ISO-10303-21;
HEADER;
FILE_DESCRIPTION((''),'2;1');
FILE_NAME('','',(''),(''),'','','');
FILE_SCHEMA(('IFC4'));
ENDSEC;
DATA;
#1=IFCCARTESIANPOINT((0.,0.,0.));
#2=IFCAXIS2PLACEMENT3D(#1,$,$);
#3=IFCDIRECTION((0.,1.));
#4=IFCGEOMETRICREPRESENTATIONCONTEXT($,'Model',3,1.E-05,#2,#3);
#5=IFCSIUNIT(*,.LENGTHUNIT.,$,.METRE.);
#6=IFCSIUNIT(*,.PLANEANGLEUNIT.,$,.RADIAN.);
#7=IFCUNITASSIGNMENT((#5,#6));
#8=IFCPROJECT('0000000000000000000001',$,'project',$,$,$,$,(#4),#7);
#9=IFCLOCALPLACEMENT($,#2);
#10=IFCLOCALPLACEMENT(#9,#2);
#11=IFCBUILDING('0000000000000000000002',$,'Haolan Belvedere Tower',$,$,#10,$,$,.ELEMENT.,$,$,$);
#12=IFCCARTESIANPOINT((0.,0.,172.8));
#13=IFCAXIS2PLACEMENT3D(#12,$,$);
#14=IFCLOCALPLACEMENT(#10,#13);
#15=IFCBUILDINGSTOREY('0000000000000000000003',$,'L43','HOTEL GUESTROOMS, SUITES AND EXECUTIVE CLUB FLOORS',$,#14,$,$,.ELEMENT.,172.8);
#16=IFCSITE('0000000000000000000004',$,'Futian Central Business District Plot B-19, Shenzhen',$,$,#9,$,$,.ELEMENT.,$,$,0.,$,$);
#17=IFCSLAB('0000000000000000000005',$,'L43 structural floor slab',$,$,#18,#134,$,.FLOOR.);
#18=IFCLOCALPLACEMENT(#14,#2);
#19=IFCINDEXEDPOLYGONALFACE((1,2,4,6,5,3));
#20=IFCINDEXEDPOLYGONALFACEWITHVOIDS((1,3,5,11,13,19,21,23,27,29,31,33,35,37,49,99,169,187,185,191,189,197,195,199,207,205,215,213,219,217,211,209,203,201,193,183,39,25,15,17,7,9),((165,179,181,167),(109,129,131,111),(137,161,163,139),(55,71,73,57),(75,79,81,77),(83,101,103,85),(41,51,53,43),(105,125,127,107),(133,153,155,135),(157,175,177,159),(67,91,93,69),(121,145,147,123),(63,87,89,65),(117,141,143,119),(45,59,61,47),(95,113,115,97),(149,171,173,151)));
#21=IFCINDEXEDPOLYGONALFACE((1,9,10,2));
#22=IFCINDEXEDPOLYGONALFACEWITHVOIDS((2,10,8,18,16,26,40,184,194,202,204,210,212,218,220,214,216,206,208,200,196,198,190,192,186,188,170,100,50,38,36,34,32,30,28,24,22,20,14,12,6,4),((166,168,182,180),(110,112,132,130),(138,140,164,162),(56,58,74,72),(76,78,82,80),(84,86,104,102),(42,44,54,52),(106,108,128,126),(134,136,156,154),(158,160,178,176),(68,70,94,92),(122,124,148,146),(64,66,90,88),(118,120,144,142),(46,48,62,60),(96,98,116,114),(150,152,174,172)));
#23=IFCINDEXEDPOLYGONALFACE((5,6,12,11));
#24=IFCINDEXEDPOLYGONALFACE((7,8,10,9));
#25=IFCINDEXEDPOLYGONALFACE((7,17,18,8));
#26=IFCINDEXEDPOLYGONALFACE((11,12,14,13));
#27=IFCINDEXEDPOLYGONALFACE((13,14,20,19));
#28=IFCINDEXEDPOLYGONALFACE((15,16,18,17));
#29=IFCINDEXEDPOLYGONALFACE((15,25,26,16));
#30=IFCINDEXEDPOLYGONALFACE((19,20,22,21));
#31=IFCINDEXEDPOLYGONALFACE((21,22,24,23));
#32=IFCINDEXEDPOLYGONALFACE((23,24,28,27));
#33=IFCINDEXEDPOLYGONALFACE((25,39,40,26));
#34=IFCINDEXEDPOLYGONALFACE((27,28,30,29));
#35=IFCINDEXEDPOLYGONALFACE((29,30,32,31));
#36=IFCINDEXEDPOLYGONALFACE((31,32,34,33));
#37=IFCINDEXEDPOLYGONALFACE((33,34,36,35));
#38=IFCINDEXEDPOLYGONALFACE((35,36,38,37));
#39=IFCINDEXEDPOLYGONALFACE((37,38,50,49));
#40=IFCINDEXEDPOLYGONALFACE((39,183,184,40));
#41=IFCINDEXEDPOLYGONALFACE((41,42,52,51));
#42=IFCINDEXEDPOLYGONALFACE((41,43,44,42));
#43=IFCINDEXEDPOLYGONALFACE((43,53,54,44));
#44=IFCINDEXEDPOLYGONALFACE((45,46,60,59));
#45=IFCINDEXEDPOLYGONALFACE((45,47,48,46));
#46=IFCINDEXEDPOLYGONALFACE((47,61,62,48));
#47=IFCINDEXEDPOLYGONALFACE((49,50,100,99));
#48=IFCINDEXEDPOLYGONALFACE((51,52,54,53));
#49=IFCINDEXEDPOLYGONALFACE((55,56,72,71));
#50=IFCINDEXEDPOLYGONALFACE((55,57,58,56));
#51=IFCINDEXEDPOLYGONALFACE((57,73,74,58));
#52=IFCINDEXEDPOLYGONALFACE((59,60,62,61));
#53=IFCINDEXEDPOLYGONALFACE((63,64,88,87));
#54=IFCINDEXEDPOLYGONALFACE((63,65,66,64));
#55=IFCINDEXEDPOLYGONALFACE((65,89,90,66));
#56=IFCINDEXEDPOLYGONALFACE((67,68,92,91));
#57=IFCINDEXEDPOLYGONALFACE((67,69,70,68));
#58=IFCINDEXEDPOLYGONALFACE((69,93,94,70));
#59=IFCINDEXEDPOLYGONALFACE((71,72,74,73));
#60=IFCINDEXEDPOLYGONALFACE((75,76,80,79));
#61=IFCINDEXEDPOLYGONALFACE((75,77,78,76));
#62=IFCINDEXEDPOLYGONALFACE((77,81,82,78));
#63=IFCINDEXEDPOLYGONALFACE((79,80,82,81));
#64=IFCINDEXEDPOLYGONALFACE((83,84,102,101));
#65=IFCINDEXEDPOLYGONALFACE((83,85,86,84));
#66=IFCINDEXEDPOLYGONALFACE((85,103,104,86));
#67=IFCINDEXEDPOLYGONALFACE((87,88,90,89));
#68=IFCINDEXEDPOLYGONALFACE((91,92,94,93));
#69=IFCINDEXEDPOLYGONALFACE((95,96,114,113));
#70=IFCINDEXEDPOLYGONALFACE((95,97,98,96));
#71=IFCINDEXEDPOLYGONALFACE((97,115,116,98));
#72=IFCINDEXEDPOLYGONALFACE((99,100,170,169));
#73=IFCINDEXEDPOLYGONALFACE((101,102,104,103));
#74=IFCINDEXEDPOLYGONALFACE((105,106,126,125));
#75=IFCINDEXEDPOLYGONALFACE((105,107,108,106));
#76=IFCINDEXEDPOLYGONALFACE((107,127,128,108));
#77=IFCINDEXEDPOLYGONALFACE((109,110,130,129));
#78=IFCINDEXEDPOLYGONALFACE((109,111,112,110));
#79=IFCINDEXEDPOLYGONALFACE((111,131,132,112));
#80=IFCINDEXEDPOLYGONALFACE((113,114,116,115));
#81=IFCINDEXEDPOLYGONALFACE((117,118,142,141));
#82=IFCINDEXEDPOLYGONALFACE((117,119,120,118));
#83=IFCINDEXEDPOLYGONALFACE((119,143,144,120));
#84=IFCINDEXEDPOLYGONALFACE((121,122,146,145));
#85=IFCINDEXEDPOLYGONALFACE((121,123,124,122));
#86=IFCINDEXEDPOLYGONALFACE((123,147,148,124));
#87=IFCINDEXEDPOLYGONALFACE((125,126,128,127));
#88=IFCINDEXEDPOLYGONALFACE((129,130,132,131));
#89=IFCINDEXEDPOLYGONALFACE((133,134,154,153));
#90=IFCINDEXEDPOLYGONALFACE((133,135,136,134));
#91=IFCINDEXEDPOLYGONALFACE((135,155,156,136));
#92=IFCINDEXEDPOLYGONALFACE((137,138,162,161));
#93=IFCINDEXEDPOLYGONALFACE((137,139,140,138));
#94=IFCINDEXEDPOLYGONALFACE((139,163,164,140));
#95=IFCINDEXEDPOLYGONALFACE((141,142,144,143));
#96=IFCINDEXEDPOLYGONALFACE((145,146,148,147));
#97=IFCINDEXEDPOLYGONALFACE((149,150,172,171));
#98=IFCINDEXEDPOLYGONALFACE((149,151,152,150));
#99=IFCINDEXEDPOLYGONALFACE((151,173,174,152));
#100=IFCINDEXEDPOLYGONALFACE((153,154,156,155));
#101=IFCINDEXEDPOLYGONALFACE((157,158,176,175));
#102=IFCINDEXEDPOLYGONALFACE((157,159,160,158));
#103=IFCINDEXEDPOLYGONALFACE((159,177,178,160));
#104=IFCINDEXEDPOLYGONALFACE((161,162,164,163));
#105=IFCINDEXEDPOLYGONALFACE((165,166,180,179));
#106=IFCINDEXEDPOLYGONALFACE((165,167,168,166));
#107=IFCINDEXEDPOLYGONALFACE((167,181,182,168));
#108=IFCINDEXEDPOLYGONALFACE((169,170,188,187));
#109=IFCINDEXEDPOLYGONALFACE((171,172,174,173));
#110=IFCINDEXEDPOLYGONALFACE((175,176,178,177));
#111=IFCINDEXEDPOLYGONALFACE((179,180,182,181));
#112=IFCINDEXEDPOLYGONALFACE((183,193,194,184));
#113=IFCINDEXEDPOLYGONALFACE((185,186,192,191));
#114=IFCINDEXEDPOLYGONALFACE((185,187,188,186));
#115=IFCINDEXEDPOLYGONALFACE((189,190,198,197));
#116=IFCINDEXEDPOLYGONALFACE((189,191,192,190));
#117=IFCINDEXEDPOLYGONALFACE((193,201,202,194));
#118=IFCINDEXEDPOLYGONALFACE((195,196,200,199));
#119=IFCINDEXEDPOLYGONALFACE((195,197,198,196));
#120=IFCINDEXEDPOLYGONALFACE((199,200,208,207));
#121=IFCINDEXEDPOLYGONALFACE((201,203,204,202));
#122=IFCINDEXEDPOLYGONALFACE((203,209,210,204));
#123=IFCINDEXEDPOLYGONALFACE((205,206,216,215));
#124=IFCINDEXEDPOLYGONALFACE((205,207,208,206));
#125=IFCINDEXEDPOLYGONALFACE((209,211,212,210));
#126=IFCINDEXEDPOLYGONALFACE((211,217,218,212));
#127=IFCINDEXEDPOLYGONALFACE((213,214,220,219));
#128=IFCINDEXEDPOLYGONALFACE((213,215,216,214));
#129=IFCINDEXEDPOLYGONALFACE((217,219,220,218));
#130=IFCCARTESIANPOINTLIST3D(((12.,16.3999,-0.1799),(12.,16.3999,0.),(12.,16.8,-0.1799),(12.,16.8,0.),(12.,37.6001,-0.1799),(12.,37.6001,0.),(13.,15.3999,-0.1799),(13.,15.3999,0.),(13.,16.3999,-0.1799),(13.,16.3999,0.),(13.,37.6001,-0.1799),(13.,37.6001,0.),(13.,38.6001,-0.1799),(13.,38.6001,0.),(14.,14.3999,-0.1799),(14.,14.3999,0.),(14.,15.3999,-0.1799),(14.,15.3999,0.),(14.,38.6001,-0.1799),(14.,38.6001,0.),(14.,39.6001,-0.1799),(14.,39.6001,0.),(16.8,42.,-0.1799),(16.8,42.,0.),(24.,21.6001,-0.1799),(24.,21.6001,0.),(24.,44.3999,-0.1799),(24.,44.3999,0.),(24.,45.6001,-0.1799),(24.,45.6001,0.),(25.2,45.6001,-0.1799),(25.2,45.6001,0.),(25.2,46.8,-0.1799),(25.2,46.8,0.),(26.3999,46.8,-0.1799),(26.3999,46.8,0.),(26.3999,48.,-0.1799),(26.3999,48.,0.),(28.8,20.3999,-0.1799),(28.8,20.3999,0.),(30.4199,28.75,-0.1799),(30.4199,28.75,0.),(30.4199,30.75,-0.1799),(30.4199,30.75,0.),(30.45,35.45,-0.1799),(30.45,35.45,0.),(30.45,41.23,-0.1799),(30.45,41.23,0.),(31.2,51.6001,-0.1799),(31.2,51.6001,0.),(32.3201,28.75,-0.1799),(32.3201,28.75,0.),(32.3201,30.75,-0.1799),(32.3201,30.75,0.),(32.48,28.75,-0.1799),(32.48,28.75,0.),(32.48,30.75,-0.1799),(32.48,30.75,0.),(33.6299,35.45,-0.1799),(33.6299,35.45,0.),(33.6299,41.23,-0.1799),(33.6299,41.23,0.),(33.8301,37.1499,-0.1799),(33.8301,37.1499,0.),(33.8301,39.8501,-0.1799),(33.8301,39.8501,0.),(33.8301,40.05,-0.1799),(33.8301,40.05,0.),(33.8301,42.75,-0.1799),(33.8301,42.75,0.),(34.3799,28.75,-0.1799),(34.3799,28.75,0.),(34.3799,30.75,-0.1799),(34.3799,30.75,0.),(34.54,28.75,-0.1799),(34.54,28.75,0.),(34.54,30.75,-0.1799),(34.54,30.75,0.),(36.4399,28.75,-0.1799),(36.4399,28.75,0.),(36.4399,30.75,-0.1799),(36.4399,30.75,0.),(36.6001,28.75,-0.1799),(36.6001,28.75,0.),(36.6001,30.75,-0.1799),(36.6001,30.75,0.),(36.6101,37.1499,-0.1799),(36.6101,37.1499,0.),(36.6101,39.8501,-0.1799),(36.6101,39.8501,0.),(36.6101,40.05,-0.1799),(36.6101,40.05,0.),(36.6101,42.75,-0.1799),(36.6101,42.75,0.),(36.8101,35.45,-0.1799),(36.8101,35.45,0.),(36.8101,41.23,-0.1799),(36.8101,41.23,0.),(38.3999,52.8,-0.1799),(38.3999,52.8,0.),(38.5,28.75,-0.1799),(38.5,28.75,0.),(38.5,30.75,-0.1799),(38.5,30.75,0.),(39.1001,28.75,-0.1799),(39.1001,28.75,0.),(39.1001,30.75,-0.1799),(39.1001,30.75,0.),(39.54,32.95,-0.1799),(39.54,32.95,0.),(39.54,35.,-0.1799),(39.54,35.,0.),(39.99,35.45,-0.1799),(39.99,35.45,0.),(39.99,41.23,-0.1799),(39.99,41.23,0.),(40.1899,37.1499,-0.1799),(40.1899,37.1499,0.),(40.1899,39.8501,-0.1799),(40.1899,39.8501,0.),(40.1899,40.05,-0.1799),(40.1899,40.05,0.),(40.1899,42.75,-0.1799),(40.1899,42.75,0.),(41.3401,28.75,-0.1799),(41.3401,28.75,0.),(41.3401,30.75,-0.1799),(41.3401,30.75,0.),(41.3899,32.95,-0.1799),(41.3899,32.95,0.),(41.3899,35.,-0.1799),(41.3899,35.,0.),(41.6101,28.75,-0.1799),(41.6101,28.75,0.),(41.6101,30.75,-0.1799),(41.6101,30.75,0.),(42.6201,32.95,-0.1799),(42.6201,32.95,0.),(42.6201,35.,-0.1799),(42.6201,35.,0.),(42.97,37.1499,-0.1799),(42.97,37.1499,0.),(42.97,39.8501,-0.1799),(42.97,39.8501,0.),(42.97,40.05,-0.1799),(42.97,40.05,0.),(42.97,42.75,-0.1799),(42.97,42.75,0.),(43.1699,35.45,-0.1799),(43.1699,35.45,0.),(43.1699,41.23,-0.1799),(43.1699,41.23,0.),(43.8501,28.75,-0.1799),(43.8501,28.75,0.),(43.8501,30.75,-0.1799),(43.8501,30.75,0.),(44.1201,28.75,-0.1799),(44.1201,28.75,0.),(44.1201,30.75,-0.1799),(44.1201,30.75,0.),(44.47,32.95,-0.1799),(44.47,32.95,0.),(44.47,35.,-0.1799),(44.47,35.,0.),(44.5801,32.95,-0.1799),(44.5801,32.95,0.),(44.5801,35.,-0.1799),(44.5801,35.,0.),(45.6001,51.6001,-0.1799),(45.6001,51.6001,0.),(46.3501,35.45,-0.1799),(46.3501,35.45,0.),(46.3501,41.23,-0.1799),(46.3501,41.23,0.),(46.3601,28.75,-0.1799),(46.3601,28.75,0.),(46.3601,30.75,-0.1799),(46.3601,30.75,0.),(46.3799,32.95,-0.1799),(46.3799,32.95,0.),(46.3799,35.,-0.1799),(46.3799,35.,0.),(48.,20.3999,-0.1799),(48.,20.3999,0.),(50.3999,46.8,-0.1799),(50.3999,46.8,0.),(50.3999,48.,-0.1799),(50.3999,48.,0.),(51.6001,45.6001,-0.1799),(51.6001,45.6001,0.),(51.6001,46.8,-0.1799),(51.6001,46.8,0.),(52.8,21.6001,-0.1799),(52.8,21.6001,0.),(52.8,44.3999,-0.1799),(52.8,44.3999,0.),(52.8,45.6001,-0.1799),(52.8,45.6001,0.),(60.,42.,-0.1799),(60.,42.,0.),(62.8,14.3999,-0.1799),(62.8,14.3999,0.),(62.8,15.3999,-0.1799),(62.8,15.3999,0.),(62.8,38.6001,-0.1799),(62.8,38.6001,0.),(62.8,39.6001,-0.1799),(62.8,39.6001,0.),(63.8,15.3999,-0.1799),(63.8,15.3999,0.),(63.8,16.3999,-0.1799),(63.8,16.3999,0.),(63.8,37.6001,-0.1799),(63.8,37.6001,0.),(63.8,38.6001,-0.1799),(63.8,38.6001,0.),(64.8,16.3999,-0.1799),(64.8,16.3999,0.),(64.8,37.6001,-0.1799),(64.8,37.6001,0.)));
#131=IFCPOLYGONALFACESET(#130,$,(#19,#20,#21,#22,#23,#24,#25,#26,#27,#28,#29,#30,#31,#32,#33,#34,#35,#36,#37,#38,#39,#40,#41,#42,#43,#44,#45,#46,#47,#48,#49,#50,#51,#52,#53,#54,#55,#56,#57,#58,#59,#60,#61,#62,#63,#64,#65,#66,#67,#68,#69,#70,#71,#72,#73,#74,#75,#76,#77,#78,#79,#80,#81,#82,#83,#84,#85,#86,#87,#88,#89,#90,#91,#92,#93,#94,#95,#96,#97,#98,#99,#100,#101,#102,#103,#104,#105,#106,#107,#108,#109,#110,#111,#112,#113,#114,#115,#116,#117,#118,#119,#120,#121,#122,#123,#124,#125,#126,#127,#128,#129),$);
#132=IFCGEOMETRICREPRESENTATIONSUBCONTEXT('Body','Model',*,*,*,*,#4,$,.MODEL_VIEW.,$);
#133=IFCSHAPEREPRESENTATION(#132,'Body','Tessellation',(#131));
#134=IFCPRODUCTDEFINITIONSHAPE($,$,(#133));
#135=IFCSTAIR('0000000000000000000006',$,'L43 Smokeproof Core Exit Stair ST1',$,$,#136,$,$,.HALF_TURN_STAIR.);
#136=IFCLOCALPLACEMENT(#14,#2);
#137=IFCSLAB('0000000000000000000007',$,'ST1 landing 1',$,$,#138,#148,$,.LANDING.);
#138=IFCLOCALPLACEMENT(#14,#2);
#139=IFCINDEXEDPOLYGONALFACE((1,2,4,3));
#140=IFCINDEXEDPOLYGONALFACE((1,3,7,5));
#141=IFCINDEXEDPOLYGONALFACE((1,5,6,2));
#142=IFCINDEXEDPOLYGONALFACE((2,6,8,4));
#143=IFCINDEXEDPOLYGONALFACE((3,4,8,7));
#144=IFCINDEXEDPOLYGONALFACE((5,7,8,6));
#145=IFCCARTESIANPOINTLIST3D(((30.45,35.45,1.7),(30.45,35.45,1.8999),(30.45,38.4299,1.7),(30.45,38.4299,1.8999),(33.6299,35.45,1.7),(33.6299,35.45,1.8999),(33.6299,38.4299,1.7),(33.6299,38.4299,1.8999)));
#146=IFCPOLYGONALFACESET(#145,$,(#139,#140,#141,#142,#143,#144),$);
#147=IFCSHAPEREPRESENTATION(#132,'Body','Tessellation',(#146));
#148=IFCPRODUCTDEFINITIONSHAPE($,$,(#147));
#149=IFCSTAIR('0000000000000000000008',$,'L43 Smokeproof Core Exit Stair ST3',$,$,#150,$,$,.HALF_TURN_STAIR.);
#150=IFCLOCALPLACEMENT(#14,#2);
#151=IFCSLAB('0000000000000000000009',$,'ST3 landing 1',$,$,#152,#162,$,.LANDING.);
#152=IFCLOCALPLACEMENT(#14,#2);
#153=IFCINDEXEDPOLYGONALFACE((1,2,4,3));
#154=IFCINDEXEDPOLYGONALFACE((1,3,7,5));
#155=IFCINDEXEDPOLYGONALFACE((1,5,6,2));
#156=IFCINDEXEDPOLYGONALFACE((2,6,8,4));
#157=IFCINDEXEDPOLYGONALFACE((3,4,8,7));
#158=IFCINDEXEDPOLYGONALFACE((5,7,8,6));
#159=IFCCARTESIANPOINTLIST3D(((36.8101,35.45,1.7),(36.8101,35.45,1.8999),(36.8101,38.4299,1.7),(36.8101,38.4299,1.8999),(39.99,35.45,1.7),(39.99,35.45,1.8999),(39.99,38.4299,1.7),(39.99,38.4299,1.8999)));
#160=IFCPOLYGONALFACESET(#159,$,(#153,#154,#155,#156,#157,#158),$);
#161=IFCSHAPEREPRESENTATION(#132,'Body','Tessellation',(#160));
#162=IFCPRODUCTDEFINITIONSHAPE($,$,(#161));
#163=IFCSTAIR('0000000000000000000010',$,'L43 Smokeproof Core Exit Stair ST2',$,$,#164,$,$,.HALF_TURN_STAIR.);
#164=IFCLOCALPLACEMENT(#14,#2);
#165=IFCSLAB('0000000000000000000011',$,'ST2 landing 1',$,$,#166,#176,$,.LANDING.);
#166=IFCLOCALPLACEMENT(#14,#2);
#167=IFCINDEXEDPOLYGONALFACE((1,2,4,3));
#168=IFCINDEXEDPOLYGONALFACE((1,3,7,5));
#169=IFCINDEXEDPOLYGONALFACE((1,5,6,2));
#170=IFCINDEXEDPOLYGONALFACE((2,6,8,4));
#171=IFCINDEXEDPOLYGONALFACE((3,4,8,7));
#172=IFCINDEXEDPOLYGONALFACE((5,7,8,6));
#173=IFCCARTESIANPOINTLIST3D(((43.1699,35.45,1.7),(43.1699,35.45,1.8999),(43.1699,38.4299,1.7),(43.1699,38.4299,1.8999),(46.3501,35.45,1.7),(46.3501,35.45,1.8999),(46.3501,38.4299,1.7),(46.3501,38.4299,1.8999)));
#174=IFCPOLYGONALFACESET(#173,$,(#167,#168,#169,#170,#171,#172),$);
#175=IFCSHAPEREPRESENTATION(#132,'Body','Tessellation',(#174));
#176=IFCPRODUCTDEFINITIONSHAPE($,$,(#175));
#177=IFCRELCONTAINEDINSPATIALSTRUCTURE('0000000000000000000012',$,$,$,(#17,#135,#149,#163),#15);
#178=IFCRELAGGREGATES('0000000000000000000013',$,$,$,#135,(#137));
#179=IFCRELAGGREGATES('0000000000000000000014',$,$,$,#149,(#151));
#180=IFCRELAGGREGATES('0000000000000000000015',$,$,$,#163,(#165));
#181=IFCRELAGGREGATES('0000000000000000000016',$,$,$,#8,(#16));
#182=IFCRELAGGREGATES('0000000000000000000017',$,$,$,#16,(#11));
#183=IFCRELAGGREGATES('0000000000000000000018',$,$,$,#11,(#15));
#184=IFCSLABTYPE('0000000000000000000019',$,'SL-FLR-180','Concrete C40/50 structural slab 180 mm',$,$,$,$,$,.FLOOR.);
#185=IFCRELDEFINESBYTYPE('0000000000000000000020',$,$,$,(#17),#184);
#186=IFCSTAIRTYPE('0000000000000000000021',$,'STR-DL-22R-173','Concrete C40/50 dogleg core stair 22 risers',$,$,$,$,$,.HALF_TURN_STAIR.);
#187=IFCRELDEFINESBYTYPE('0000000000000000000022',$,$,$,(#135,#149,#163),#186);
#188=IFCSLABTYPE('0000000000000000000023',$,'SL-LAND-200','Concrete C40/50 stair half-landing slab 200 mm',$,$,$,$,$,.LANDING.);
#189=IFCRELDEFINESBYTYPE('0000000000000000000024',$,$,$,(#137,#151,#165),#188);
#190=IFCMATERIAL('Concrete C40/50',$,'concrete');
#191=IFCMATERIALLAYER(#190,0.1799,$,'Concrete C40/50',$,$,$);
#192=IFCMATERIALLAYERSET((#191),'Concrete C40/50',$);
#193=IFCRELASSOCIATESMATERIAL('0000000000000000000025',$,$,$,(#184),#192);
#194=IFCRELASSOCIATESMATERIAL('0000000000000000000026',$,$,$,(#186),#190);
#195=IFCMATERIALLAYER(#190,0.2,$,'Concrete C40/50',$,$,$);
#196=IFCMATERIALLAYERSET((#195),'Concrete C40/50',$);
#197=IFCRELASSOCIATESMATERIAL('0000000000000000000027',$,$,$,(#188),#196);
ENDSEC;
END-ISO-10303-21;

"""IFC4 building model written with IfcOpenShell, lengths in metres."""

from ifc_helpers import new_model, si_unit, direction, frame, origin, place, context, subcontext, project, spatial, polyline, outline, extrude, material, layer, layer_set, type_object, element, aggregate, save


model = new_model("IFC4")

# Units and contexts
model_context = context("Model", 3, precision=1e-05, world=origin(), true_north=direction((0.0, 1.0)))
body_context = subcontext(model_context, "Body", "Model", "MODEL_VIEW")
ifc_project = project(units=[si_unit("LENGTHUNIT", "METRE"), si_unit("PLANEANGLEUNIT", "RADIAN")], contexts=[model_context])

# Site, building, storey
site_placement = place(None, origin())
site = spatial("IfcSite", under=ifc_project, at=site_placement, Name="Futian Central Business District Plot B-19, Shenzhen", CompositionType="ELEMENT", RefElevation=0.0)
building_placement = place(site_placement, origin())
building = spatial("IfcBuilding", under=site, at=building_placement, Name="Haolan Belvedere Tower", CompositionType="ELEMENT")
storey_placement = place(building_placement, frame((0.0, 0.0, 172.8)))
storey = spatial("IfcBuildingStorey", under=building, at=storey_placement, Name="L43", Description="HOTEL GUESTROOMS, SUITES AND EXECUTIVE CLUB FLOORS", CompositionType="ELEMENT", Elevation=172.8)

# Slab
ifc_material_1 = material(Name="Concrete C40/50", Category="concrete")
ifc_layer_1 = layer(ifc_material_1, 0.1799, Name="Concrete C40/50")
ifc_layer_set_1 = layer_set([ifc_layer_1], Name="Concrete C40/50")
slab_type_1 = type_object("IfcSlabType", Name="SL-FLR-180", Description="Concrete C40/50 structural slab 180 mm", PredefinedType="FLOOR", material=ifc_layer_set_1)
slab_1_placement = place(storey_placement, frame((0.0, 0.0, -0.1799)))
element("IfcSlab", 1, at=slab_1_placement, inside=storey, type_object=slab_type_1, Name="L43 structural floor slab", PredefinedType="FLOOR", context=body_context, shape_type="SweptSolid", body=[
    extrude(outline(polyline([(24.0, 21.6001), (28.8, 20.3999), (48.0, 20.3999), (52.8, 21.6001), (62.8, 14.3999), (62.8, 15.3999), (63.8, 15.3999), (63.8, 16.3999), (64.8, 16.3999), (64.8, 37.6001), (63.8, 37.6001), (63.8, 38.6001), (62.8, 38.6001), (62.8, 39.6001), (60.0, 42.0), (52.8, 44.3999), (52.8, 45.6001), (51.6001, 45.6001), (51.6001, 46.8), (50.3999, 46.8), (50.3999, 48.0), (45.6001, 51.6001), (38.3999, 52.8), (31.2, 51.6001), (26.3999, 48.0), (26.3999, 46.8), (25.2, 46.8), (25.2, 45.6001), (24.0, 45.6001), (24.0, 44.3999), (16.8, 42.0), (14.0, 39.6001), (14.0, 38.6001), (13.0, 38.6001), (13.0, 37.6001), (12.0, 37.6001), (12.0, 16.8), (12.0, 16.3999), (13.0, 16.3999), (13.0, 15.3999), (14.0, 15.3999), (14.0, 14.3999), (24.0, 21.6001)]), holes=[polyline([(30.45, 41.23), (30.45, 35.45), (33.6299, 35.45), (33.6299, 41.23), (30.45, 41.23)]), polyline([(36.8101, 41.23), (36.8101, 35.45), (39.99, 35.45), (39.99, 41.23), (36.8101, 41.23)]), polyline([(43.1699, 41.23), (43.1699, 35.45), (46.3501, 35.45), (46.3501, 41.23), (43.1699, 41.23)]), polyline([(33.8301, 40.05), (36.6101, 40.05), (36.6101, 42.75), (33.8301, 42.75), (33.8301, 40.05)]), polyline([(33.8301, 37.1499), (36.6101, 37.1499), (36.6101, 39.8501), (33.8301, 39.8501), (33.8301, 37.1499)]), polyline([(40.1899, 40.05), (42.97, 40.05), (42.97, 42.75), (40.1899, 42.75), (40.1899, 40.05)]), polyline([(40.1899, 37.1499), (42.97, 37.1499), (42.97, 39.8501), (40.1899, 39.8501), (40.1899, 37.1499)]), polyline([(39.54, 32.95), (41.3899, 32.95), (41.3899, 35.0), (39.54, 35.0), (39.54, 32.95)]), polyline([(42.6201, 32.95), (44.47, 32.95), (44.47, 35.0), (42.6201, 35.0), (42.6201, 32.95)]), polyline([(44.5801, 32.95), (46.3799, 32.95), (46.3799, 35.0), (44.5801, 35.0), (44.5801, 32.95)]), polyline([(30.4199, 28.75), (32.3201, 28.75), (32.3201, 30.75), (30.4199, 30.75), (30.4199, 28.75)]), polyline([(32.48, 28.75), (34.3799, 28.75), (34.3799, 30.75), (32.48, 30.75), (32.48, 28.75)]), polyline([(34.54, 28.75), (36.4399, 28.75), (36.4399, 30.75), (34.54, 30.75), (34.54, 28.75)]), polyline([(36.6001, 28.75), (38.5, 28.75), (38.5, 30.75), (36.6001, 30.75), (36.6001, 28.75)]), polyline([(39.1001, 28.75), (41.3401, 28.75), (41.3401, 30.75), (39.1001, 30.75), (39.1001, 28.75)]), polyline([(41.6101, 28.75), (43.8501, 28.75), (43.8501, 30.75), (41.6101, 30.75), (41.6101, 28.75)]), polyline([(44.1201, 28.75), (46.3601, 28.75), (46.3601, 30.75), (44.1201, 30.75), (44.1201, 28.75)])]), origin(), (0.0, 0.0, 1.0), 0.1799),
])

# Stairs, slabs
stair_type = type_object("IfcStairType", Name="STR-DL-22R-173", Description="Concrete C40/50 dogleg core stair 22 risers", PredefinedType="HALF_TURN_STAIR", material=ifc_material_1)
stair_1_placement = place(storey_placement, origin())
stair_1 = element("IfcStair", 2, at=stair_1_placement, inside=storey, type_object=stair_type, Name="L43 Smokeproof Core Exit Stair ST1", PredefinedType="HALF_TURN_STAIR")
ifc_layer_2 = layer(ifc_material_1, 0.2, Name="Concrete C40/50")
ifc_layer_set_2 = layer_set([ifc_layer_2], Name="Concrete C40/50")
slab_type_2 = type_object("IfcSlabType", Name="SL-LAND-200", Description="Concrete C40/50 stair half-landing slab 200 mm", PredefinedType="LANDING", material=ifc_layer_set_2)
slab_2_placement = place(storey_placement, frame((0.0, 0.0, 1.7)))
slab_2 = element("IfcSlab", 3, at=slab_2_placement, type_object=slab_type_2, Name="ST1 landing 1", PredefinedType="LANDING", context=body_context, shape_type="SweptSolid", body=[
    extrude(outline(polyline([(30.45, 38.4299), (30.45, 35.45), (33.6299, 35.45), (33.6299, 38.4299), (30.45, 38.4299)])), origin(), (0.0, 0.0, 1.0), 0.2),
])
aggregate(stair_1, [slab_2])
stair_2_placement = place(storey_placement, origin())
stair_2 = element("IfcStair", 4, at=stair_2_placement, inside=storey, type_object=stair_type, Name="L43 Smokeproof Core Exit Stair ST3", PredefinedType="HALF_TURN_STAIR")
slab_3_placement = place(storey_placement, frame((0.0, 0.0, 1.7)))
slab_3 = element("IfcSlab", 5, at=slab_3_placement, type_object=slab_type_2, Name="ST3 landing 1", PredefinedType="LANDING", context=body_context, shape_type="SweptSolid", body=[
    extrude(outline(polyline([(36.8101, 38.4299), (36.8101, 35.45), (39.99, 35.45), (39.99, 38.4299), (36.8101, 38.4299)])), origin(), (0.0, 0.0, 1.0), 0.2),
])
aggregate(stair_2, [slab_3])
stair_3_placement = place(storey_placement, origin())
stair_3 = element("IfcStair", 6, at=stair_3_placement, inside=storey, type_object=stair_type, Name="L43 Smokeproof Core Exit Stair ST2", PredefinedType="HALF_TURN_STAIR")
slab_4_placement = place(storey_placement, frame((0.0, 0.0, 1.7)))
slab_4 = element("IfcSlab", 7, at=slab_4_placement, type_object=slab_type_2, Name="ST2 landing 1", PredefinedType="LANDING", context=body_context, shape_type="SweptSolid", body=[
    extrude(outline(polyline([(43.1699, 38.4299), (43.1699, 35.45), (46.3501, 35.45), (46.3501, 38.4299), (43.1699, 38.4299)])), origin(), (0.0, 0.0, 1.0), 0.2),
])
aggregate(stair_3, [slab_4])

save(model, "model.ifc")
